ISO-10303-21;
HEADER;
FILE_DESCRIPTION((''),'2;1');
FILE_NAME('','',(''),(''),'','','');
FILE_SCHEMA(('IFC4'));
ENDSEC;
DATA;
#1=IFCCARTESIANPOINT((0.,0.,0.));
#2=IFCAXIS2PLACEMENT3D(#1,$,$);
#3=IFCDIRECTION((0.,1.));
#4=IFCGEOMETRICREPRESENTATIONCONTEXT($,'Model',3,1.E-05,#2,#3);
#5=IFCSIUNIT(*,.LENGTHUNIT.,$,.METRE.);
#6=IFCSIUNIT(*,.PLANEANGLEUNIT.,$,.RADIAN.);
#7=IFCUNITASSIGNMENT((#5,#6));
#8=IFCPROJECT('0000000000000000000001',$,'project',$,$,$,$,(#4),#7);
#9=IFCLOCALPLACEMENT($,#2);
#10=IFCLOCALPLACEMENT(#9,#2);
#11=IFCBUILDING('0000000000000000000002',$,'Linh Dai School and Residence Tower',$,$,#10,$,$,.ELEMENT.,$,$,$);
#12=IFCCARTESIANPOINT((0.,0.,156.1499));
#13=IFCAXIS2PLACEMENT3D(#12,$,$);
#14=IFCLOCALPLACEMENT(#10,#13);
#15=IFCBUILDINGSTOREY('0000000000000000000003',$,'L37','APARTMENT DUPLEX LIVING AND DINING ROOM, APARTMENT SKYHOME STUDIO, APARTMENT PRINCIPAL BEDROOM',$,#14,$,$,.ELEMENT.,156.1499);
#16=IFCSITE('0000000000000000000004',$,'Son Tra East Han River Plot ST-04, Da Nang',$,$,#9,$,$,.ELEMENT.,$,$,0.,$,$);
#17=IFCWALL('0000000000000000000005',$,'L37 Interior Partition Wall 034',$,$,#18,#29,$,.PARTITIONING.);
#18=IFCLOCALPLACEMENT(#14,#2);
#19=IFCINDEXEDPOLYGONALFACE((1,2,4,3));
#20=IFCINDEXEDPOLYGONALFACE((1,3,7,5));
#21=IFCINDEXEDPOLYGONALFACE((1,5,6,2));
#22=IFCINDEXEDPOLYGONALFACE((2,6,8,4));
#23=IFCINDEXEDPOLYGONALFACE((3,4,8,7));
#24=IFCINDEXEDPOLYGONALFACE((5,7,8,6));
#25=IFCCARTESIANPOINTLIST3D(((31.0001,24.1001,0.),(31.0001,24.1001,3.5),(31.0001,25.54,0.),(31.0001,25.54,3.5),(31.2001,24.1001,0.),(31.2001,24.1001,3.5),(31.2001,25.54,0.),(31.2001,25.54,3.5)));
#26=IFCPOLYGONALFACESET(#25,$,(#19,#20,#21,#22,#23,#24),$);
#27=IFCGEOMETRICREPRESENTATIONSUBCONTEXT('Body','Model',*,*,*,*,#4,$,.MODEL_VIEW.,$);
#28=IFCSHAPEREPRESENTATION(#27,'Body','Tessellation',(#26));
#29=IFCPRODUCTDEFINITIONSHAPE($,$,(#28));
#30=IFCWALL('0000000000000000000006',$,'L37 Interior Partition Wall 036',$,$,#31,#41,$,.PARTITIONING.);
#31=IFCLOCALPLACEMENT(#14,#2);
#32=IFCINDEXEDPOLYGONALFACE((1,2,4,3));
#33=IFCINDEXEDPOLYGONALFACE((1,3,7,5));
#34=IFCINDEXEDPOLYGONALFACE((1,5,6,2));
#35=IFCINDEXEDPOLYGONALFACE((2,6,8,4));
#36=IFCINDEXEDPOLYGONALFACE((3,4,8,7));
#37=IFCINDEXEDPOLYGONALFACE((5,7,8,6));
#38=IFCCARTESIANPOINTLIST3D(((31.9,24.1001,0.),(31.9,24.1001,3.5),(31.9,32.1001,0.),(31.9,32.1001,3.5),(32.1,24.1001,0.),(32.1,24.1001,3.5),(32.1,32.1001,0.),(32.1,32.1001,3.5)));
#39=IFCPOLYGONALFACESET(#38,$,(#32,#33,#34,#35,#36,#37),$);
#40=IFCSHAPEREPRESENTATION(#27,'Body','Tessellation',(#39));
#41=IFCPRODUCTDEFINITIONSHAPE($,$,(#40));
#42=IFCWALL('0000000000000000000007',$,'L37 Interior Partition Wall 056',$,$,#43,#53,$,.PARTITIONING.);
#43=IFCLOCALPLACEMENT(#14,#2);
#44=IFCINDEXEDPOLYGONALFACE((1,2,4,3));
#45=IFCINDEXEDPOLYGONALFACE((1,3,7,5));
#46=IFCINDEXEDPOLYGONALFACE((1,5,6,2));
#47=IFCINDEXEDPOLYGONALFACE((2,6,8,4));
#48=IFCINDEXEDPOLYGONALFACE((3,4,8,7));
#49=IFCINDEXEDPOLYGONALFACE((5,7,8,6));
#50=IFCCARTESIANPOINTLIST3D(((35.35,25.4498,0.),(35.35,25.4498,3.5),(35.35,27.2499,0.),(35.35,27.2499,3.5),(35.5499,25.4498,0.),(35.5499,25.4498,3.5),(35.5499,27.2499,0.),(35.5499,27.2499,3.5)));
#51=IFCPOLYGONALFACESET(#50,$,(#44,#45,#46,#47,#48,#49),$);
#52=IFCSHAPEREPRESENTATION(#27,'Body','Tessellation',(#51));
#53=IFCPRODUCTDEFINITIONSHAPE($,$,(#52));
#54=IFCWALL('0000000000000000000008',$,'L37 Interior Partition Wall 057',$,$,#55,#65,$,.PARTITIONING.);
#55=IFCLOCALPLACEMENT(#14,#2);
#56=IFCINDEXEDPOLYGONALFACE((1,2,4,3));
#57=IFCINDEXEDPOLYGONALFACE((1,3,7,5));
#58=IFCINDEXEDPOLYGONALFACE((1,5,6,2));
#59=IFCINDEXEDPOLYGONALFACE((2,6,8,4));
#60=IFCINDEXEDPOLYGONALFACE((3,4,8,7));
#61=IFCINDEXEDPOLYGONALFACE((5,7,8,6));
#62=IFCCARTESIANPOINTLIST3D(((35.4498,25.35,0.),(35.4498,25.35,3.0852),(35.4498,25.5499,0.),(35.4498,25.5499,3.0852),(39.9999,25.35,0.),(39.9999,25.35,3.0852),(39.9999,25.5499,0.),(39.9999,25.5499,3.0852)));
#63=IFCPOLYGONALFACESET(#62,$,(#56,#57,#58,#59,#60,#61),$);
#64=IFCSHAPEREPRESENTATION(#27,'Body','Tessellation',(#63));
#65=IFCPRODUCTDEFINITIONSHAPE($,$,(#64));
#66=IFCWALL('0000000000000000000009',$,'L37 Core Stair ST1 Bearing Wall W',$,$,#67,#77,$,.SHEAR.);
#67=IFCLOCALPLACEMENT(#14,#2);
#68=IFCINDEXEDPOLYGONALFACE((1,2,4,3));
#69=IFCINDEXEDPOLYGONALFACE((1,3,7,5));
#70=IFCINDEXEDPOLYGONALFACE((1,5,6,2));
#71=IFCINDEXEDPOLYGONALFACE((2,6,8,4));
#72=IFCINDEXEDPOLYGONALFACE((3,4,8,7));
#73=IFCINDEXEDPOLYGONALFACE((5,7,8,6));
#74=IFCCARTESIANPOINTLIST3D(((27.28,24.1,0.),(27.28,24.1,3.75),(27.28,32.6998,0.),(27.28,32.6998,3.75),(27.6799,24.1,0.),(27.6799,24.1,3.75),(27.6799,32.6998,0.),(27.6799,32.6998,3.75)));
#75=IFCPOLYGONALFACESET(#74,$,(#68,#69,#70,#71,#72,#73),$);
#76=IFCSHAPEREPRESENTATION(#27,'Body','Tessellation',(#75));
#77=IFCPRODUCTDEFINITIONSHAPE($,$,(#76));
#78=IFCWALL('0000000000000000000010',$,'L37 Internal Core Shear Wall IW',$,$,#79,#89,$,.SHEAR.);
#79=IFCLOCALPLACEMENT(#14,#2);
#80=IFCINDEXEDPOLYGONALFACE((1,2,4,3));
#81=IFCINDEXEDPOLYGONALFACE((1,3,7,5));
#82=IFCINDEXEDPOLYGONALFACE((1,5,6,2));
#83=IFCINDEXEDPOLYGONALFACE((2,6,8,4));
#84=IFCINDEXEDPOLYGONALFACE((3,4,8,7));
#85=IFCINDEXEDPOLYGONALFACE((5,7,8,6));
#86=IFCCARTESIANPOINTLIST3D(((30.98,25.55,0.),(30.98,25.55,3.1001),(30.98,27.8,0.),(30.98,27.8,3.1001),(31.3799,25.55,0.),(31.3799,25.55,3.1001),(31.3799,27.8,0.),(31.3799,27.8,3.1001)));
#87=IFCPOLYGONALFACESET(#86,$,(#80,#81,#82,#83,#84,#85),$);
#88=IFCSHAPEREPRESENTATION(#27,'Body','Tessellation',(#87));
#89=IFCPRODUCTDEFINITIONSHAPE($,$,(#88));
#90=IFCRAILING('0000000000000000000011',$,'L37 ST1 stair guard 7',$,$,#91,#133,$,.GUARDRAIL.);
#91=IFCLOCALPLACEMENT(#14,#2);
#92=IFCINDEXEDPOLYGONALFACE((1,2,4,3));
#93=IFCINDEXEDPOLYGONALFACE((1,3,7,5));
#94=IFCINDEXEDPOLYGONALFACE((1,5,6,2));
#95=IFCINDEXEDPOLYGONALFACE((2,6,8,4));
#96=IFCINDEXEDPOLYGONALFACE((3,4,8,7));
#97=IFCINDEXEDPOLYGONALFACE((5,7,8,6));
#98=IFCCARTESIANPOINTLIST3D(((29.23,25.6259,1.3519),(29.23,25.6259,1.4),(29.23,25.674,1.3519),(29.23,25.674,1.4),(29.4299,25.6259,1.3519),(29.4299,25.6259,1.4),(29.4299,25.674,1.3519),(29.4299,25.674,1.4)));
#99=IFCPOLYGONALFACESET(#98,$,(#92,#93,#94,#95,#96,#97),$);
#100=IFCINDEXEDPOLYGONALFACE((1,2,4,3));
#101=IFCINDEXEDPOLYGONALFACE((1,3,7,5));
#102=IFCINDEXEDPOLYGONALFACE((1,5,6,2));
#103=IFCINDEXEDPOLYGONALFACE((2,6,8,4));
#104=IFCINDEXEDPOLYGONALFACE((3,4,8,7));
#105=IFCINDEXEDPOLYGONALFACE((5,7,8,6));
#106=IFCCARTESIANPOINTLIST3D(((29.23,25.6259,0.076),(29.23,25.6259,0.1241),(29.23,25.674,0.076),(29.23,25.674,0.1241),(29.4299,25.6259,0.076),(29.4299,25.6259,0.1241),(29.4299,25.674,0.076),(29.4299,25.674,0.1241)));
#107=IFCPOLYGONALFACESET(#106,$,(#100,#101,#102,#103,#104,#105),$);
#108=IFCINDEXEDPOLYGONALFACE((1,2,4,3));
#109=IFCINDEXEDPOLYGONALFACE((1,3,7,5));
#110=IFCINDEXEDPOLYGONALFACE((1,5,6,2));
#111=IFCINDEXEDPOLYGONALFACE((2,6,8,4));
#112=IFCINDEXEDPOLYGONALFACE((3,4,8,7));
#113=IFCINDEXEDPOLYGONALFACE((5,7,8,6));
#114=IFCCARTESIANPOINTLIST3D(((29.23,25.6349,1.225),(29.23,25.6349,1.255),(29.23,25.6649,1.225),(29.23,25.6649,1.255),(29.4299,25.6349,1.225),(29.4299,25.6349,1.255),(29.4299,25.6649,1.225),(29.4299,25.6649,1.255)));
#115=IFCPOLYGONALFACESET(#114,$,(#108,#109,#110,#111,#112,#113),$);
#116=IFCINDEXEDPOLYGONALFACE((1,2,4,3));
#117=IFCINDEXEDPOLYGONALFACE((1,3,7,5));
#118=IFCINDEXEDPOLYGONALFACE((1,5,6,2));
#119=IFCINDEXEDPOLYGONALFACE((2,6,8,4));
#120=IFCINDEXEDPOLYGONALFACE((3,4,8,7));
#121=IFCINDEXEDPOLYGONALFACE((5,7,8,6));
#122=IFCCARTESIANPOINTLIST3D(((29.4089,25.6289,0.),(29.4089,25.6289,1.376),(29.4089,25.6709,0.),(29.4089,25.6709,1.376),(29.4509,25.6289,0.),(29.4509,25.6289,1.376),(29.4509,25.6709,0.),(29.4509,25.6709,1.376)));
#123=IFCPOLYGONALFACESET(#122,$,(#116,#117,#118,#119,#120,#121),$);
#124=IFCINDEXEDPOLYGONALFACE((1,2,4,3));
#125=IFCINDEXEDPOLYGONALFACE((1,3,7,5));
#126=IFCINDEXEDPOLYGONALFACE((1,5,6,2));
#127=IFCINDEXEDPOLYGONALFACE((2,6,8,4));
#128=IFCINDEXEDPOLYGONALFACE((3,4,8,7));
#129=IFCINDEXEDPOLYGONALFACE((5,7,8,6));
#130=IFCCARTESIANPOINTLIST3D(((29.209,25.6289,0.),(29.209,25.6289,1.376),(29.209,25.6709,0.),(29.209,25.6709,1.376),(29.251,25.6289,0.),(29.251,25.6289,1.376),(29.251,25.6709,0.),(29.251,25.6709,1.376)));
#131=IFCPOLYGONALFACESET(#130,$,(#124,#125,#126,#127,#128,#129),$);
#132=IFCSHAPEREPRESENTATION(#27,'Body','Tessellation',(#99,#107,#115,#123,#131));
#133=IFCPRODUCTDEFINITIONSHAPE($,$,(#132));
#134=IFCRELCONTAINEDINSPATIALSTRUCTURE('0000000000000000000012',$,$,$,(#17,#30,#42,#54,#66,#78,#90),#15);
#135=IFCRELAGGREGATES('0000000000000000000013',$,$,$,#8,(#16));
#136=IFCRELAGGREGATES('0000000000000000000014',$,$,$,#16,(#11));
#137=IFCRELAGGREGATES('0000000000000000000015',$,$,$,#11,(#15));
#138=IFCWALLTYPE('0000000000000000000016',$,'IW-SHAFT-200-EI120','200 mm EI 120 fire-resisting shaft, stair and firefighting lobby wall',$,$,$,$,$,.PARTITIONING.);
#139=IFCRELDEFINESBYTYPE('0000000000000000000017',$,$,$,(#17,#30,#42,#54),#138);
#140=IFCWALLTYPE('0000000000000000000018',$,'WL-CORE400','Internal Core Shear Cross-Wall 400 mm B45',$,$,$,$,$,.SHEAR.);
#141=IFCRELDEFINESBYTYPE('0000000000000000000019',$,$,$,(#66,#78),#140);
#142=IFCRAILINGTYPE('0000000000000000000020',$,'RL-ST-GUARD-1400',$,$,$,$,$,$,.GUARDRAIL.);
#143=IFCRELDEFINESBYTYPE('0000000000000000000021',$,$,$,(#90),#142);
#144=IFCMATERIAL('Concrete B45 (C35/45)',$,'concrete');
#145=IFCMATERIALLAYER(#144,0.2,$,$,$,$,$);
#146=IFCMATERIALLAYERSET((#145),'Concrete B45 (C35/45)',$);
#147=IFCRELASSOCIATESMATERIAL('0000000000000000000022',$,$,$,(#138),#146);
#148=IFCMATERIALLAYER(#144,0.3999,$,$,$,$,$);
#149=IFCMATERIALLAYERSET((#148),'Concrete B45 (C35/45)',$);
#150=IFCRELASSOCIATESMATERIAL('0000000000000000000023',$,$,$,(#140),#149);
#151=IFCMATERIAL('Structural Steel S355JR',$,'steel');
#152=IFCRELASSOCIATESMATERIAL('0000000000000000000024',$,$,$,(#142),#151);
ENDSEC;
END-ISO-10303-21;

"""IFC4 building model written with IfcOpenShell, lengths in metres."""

from ifc_helpers import new_model, si_unit, direction, frame, frame_2d, origin, origin_2d, place, context, subcontext, project, spatial, rectangle, extrude, source, transform, mapped, material, layer, layer_set, type_object, element, save


model = new_model("IFC4")

# Units and contexts
model_context = context("Model", 3, precision=1e-05, world=origin(), true_north=direction((0.0, 1.0)))
body_context = subcontext(model_context, "Body", "Model", "MODEL_VIEW")
ifc_project = project(units=[si_unit("LENGTHUNIT", "METRE"), si_unit("PLANEANGLEUNIT", "RADIAN")], contexts=[model_context])

# Site, building, storey
site_placement = place(None, origin())
site = spatial("IfcSite", under=ifc_project, at=site_placement, Name="Son Tra East Han River Plot ST-04, Da Nang", CompositionType="ELEMENT", RefElevation=0.0)
building_placement = place(site_placement, origin())
building = spatial("IfcBuilding", under=site, at=building_placement, Name="Linh Dai School and Residence Tower", CompositionType="ELEMENT")
storey_placement = place(building_placement, frame((0.0, 0.0, 156.1499)))
storey = spatial("IfcBuildingStorey", under=building, at=storey_placement, Name="L37", Description="APARTMENT DUPLEX LIVING AND DINING ROOM, APARTMENT SKYHOME STUDIO, APARTMENT PRINCIPAL BEDROOM", CompositionType="ELEMENT", Elevation=156.1499)

# Shared definitions
ifc_material_1 = material(Name="Structural Steel S355JR", Category="steel")

# Shared definitions
ifc_material_2 = material(Name="Concrete B45 (C35/45)", Category="concrete")
ifc_layer_1 = layer(ifc_material_2, 0.2)
ifc_layer_set_1 = layer_set([ifc_layer_1], Name="Concrete B45 (C35/45)")
wall_type_1 = type_object("IfcWallType", Name="IW-SHAFT-200-EI120", Description="200 mm EI 120 fire-resisting shaft, stair and firefighting lobby wall", PredefinedType="PARTITIONING", material=ifc_layer_set_1)

# Walls
wall_1_placement = place(storey_placement, frame((31.1001, 24.1001, 0.0), z_axis=(0.0, 0.0, 1.0), x_axis=(0.0, 1.0, 0.0)))
element("IfcWall", 1, at=wall_1_placement, inside=storey, type_object=wall_type_1, Name="L37 Interior Partition Wall 034", PredefinedType="PARTITIONING", context=body_context, shape_type="SweptSolid", body=[
    extrude(rectangle(XDim=1.4399, YDim=0.2, at=frame_2d((0.72, 0.0))), origin(), (0.0, 0.0, 1.0), 3.5),
])
wall_2_placement = place(storey_placement, frame((32.0, 24.1001, 0.0), z_axis=(0.0, 0.0, 1.0), x_axis=(0.0, 1.0, 0.0)))
element("IfcWall", 2, at=wall_2_placement, inside=storey, type_object=wall_type_1, Name="L37 Interior Partition Wall 036", PredefinedType="PARTITIONING", context=body_context, shape_type="SweptSolid", body=[
    extrude(rectangle(XDim=8.0, YDim=0.2, at=frame_2d((4.0, 0.0))), origin(), (0.0, 0.0, 1.0), 3.5),
])

# Walls
wall_3_placement = place(storey_placement, frame((35.45, 25.45, 0.0), z_axis=(0.0, 0.0, 1.0), x_axis=(0.0, 1.0, 0.0)))
element("IfcWall", 3, at=wall_3_placement, inside=storey, type_object=wall_type_1, Name="L37 Interior Partition Wall 056", PredefinedType="PARTITIONING", context=body_context, shape_type="SweptSolid", body=[
    extrude(rectangle(XDim=1.8, YDim=0.2, at=frame_2d((0.8999, 0.0))), origin(), (0.0, 0.0, 1.0), 3.5),
])
wall_4_placement = place(storey_placement, frame((35.45, 25.45, 0.0), z_axis=(0.0, 0.0, 1.0), x_axis=(1.0, 0.0, 0.0)))
element("IfcWall", 4, at=wall_4_placement, inside=storey, type_object=wall_type_1, Name="L37 Interior Partition Wall 057", PredefinedType="PARTITIONING", context=body_context, shape_type="SweptSolid", body=[
    extrude(rectangle(XDim=4.55, YDim=0.2, at=frame_2d((2.2749, 0.0))), origin(), (0.0, 0.0, 1.0), 3.0852),
])
ifc_layer_2 = layer(ifc_material_2, 0.3999)
ifc_layer_set_2 = layer_set([ifc_layer_2], Name="Concrete B45 (C35/45)")
wall_type_2 = type_object("IfcWallType", Name="WL-CORE400", Description="Internal Core Shear Cross-Wall 400 mm B45", PredefinedType="SHEAR", material=ifc_layer_set_2)
wall_5_placement = place(storey_placement, frame((27.48, 24.1001, 0.0), z_axis=(0.0, 0.0, 1.0), x_axis=(0.0, 1.0, 0.0)))
element("IfcWall", 5, at=wall_5_placement, inside=storey, type_object=wall_type_2, Name="L37 Core Stair ST1 Bearing Wall W", PredefinedType="SHEAR", context=body_context, shape_type="SweptSolid", body=[
    extrude(rectangle(XDim=8.5999, YDim=0.3999, at=frame_2d((4.2998, 0.0))), origin(), (0.0, 0.0, 1.0), 3.75),
])
wall_6_placement = place(storey_placement, frame((31.1799, 25.55, 0.0), z_axis=(0.0, 0.0, 1.0), x_axis=(0.0, 1.0, 0.0)))
element("IfcWall", 6, at=wall_6_placement, inside=storey, type_object=wall_type_2, Name="L37 Internal Core Shear Wall IW", PredefinedType="SHEAR", context=body_context, shape_type="SweptSolid", body=[
    extrude(rectangle(XDim=2.25, YDim=0.3999, at=frame_2d((1.125, 0.0))), origin(), (0.0, 0.0, 1.0), 3.1001),
])

# Railing
railing_type = type_object("IfcRailingType", Name="RL-ST-GUARD-1400", PredefinedType="GUARDRAIL", material=ifc_material_1)
shared_shape_1 = source(origin(), body_context, "Body", "SweptSolid", [
    extrude(rectangle(XDim=0.0481, YDim=0.0481, at=origin_2d()), frame((0.0, 0.0, 1.376), z_axis=(-1.0, 0.0, 0.0), x_axis=(0.0, -1.0, 0.0)), (0.0, 0.0, 1.0), 0.2),
    extrude(rectangle(XDim=0.0481, YDim=0.0481, at=origin_2d()), frame((0.0, 0.0, 0.1001), z_axis=(-1.0, 0.0, 0.0), x_axis=(0.0, -1.0, 0.0)), (0.0, 0.0, 1.0), 0.2),
    extrude(rectangle(XDim=0.03, YDim=0.03, at=origin_2d()), frame((0.0, 0.0, 1.24), z_axis=(-1.0, 0.0, 0.0), x_axis=(0.0, -1.0, 0.0)), (0.0, 0.0, 1.0), 0.2),
    extrude(rectangle(XDim=0.042, YDim=0.042, at=origin_2d()), origin(), (0.0, 0.0, 1.0), 1.376),
    extrude(rectangle(XDim=0.042, YDim=0.042, at=origin_2d()), frame((-0.2, 0.0, 0.0)), (0.0, 0.0, 1.0), 1.376),
])
railing_placement = place(storey_placement, frame((29.4299, 25.6499, 0.0)))
element("IfcRailing", 7, at=railing_placement, inside=storey, type_object=railing_type, Name="L37 ST1 stair guard 7", PredefinedType="GUARDRAIL", context=body_context, shape_type="MappedRepresentation", body=[
    mapped(shared_shape_1, transform((0.0, 0.0, 0.0), x_axis=(1.0, 0.0, 0.0), y_axis=(0.0, 1.0, 0.0), z_axis=(0.0, 0.0, 1.0), scale=1.0)),
])

save(model, "model.ifc")
